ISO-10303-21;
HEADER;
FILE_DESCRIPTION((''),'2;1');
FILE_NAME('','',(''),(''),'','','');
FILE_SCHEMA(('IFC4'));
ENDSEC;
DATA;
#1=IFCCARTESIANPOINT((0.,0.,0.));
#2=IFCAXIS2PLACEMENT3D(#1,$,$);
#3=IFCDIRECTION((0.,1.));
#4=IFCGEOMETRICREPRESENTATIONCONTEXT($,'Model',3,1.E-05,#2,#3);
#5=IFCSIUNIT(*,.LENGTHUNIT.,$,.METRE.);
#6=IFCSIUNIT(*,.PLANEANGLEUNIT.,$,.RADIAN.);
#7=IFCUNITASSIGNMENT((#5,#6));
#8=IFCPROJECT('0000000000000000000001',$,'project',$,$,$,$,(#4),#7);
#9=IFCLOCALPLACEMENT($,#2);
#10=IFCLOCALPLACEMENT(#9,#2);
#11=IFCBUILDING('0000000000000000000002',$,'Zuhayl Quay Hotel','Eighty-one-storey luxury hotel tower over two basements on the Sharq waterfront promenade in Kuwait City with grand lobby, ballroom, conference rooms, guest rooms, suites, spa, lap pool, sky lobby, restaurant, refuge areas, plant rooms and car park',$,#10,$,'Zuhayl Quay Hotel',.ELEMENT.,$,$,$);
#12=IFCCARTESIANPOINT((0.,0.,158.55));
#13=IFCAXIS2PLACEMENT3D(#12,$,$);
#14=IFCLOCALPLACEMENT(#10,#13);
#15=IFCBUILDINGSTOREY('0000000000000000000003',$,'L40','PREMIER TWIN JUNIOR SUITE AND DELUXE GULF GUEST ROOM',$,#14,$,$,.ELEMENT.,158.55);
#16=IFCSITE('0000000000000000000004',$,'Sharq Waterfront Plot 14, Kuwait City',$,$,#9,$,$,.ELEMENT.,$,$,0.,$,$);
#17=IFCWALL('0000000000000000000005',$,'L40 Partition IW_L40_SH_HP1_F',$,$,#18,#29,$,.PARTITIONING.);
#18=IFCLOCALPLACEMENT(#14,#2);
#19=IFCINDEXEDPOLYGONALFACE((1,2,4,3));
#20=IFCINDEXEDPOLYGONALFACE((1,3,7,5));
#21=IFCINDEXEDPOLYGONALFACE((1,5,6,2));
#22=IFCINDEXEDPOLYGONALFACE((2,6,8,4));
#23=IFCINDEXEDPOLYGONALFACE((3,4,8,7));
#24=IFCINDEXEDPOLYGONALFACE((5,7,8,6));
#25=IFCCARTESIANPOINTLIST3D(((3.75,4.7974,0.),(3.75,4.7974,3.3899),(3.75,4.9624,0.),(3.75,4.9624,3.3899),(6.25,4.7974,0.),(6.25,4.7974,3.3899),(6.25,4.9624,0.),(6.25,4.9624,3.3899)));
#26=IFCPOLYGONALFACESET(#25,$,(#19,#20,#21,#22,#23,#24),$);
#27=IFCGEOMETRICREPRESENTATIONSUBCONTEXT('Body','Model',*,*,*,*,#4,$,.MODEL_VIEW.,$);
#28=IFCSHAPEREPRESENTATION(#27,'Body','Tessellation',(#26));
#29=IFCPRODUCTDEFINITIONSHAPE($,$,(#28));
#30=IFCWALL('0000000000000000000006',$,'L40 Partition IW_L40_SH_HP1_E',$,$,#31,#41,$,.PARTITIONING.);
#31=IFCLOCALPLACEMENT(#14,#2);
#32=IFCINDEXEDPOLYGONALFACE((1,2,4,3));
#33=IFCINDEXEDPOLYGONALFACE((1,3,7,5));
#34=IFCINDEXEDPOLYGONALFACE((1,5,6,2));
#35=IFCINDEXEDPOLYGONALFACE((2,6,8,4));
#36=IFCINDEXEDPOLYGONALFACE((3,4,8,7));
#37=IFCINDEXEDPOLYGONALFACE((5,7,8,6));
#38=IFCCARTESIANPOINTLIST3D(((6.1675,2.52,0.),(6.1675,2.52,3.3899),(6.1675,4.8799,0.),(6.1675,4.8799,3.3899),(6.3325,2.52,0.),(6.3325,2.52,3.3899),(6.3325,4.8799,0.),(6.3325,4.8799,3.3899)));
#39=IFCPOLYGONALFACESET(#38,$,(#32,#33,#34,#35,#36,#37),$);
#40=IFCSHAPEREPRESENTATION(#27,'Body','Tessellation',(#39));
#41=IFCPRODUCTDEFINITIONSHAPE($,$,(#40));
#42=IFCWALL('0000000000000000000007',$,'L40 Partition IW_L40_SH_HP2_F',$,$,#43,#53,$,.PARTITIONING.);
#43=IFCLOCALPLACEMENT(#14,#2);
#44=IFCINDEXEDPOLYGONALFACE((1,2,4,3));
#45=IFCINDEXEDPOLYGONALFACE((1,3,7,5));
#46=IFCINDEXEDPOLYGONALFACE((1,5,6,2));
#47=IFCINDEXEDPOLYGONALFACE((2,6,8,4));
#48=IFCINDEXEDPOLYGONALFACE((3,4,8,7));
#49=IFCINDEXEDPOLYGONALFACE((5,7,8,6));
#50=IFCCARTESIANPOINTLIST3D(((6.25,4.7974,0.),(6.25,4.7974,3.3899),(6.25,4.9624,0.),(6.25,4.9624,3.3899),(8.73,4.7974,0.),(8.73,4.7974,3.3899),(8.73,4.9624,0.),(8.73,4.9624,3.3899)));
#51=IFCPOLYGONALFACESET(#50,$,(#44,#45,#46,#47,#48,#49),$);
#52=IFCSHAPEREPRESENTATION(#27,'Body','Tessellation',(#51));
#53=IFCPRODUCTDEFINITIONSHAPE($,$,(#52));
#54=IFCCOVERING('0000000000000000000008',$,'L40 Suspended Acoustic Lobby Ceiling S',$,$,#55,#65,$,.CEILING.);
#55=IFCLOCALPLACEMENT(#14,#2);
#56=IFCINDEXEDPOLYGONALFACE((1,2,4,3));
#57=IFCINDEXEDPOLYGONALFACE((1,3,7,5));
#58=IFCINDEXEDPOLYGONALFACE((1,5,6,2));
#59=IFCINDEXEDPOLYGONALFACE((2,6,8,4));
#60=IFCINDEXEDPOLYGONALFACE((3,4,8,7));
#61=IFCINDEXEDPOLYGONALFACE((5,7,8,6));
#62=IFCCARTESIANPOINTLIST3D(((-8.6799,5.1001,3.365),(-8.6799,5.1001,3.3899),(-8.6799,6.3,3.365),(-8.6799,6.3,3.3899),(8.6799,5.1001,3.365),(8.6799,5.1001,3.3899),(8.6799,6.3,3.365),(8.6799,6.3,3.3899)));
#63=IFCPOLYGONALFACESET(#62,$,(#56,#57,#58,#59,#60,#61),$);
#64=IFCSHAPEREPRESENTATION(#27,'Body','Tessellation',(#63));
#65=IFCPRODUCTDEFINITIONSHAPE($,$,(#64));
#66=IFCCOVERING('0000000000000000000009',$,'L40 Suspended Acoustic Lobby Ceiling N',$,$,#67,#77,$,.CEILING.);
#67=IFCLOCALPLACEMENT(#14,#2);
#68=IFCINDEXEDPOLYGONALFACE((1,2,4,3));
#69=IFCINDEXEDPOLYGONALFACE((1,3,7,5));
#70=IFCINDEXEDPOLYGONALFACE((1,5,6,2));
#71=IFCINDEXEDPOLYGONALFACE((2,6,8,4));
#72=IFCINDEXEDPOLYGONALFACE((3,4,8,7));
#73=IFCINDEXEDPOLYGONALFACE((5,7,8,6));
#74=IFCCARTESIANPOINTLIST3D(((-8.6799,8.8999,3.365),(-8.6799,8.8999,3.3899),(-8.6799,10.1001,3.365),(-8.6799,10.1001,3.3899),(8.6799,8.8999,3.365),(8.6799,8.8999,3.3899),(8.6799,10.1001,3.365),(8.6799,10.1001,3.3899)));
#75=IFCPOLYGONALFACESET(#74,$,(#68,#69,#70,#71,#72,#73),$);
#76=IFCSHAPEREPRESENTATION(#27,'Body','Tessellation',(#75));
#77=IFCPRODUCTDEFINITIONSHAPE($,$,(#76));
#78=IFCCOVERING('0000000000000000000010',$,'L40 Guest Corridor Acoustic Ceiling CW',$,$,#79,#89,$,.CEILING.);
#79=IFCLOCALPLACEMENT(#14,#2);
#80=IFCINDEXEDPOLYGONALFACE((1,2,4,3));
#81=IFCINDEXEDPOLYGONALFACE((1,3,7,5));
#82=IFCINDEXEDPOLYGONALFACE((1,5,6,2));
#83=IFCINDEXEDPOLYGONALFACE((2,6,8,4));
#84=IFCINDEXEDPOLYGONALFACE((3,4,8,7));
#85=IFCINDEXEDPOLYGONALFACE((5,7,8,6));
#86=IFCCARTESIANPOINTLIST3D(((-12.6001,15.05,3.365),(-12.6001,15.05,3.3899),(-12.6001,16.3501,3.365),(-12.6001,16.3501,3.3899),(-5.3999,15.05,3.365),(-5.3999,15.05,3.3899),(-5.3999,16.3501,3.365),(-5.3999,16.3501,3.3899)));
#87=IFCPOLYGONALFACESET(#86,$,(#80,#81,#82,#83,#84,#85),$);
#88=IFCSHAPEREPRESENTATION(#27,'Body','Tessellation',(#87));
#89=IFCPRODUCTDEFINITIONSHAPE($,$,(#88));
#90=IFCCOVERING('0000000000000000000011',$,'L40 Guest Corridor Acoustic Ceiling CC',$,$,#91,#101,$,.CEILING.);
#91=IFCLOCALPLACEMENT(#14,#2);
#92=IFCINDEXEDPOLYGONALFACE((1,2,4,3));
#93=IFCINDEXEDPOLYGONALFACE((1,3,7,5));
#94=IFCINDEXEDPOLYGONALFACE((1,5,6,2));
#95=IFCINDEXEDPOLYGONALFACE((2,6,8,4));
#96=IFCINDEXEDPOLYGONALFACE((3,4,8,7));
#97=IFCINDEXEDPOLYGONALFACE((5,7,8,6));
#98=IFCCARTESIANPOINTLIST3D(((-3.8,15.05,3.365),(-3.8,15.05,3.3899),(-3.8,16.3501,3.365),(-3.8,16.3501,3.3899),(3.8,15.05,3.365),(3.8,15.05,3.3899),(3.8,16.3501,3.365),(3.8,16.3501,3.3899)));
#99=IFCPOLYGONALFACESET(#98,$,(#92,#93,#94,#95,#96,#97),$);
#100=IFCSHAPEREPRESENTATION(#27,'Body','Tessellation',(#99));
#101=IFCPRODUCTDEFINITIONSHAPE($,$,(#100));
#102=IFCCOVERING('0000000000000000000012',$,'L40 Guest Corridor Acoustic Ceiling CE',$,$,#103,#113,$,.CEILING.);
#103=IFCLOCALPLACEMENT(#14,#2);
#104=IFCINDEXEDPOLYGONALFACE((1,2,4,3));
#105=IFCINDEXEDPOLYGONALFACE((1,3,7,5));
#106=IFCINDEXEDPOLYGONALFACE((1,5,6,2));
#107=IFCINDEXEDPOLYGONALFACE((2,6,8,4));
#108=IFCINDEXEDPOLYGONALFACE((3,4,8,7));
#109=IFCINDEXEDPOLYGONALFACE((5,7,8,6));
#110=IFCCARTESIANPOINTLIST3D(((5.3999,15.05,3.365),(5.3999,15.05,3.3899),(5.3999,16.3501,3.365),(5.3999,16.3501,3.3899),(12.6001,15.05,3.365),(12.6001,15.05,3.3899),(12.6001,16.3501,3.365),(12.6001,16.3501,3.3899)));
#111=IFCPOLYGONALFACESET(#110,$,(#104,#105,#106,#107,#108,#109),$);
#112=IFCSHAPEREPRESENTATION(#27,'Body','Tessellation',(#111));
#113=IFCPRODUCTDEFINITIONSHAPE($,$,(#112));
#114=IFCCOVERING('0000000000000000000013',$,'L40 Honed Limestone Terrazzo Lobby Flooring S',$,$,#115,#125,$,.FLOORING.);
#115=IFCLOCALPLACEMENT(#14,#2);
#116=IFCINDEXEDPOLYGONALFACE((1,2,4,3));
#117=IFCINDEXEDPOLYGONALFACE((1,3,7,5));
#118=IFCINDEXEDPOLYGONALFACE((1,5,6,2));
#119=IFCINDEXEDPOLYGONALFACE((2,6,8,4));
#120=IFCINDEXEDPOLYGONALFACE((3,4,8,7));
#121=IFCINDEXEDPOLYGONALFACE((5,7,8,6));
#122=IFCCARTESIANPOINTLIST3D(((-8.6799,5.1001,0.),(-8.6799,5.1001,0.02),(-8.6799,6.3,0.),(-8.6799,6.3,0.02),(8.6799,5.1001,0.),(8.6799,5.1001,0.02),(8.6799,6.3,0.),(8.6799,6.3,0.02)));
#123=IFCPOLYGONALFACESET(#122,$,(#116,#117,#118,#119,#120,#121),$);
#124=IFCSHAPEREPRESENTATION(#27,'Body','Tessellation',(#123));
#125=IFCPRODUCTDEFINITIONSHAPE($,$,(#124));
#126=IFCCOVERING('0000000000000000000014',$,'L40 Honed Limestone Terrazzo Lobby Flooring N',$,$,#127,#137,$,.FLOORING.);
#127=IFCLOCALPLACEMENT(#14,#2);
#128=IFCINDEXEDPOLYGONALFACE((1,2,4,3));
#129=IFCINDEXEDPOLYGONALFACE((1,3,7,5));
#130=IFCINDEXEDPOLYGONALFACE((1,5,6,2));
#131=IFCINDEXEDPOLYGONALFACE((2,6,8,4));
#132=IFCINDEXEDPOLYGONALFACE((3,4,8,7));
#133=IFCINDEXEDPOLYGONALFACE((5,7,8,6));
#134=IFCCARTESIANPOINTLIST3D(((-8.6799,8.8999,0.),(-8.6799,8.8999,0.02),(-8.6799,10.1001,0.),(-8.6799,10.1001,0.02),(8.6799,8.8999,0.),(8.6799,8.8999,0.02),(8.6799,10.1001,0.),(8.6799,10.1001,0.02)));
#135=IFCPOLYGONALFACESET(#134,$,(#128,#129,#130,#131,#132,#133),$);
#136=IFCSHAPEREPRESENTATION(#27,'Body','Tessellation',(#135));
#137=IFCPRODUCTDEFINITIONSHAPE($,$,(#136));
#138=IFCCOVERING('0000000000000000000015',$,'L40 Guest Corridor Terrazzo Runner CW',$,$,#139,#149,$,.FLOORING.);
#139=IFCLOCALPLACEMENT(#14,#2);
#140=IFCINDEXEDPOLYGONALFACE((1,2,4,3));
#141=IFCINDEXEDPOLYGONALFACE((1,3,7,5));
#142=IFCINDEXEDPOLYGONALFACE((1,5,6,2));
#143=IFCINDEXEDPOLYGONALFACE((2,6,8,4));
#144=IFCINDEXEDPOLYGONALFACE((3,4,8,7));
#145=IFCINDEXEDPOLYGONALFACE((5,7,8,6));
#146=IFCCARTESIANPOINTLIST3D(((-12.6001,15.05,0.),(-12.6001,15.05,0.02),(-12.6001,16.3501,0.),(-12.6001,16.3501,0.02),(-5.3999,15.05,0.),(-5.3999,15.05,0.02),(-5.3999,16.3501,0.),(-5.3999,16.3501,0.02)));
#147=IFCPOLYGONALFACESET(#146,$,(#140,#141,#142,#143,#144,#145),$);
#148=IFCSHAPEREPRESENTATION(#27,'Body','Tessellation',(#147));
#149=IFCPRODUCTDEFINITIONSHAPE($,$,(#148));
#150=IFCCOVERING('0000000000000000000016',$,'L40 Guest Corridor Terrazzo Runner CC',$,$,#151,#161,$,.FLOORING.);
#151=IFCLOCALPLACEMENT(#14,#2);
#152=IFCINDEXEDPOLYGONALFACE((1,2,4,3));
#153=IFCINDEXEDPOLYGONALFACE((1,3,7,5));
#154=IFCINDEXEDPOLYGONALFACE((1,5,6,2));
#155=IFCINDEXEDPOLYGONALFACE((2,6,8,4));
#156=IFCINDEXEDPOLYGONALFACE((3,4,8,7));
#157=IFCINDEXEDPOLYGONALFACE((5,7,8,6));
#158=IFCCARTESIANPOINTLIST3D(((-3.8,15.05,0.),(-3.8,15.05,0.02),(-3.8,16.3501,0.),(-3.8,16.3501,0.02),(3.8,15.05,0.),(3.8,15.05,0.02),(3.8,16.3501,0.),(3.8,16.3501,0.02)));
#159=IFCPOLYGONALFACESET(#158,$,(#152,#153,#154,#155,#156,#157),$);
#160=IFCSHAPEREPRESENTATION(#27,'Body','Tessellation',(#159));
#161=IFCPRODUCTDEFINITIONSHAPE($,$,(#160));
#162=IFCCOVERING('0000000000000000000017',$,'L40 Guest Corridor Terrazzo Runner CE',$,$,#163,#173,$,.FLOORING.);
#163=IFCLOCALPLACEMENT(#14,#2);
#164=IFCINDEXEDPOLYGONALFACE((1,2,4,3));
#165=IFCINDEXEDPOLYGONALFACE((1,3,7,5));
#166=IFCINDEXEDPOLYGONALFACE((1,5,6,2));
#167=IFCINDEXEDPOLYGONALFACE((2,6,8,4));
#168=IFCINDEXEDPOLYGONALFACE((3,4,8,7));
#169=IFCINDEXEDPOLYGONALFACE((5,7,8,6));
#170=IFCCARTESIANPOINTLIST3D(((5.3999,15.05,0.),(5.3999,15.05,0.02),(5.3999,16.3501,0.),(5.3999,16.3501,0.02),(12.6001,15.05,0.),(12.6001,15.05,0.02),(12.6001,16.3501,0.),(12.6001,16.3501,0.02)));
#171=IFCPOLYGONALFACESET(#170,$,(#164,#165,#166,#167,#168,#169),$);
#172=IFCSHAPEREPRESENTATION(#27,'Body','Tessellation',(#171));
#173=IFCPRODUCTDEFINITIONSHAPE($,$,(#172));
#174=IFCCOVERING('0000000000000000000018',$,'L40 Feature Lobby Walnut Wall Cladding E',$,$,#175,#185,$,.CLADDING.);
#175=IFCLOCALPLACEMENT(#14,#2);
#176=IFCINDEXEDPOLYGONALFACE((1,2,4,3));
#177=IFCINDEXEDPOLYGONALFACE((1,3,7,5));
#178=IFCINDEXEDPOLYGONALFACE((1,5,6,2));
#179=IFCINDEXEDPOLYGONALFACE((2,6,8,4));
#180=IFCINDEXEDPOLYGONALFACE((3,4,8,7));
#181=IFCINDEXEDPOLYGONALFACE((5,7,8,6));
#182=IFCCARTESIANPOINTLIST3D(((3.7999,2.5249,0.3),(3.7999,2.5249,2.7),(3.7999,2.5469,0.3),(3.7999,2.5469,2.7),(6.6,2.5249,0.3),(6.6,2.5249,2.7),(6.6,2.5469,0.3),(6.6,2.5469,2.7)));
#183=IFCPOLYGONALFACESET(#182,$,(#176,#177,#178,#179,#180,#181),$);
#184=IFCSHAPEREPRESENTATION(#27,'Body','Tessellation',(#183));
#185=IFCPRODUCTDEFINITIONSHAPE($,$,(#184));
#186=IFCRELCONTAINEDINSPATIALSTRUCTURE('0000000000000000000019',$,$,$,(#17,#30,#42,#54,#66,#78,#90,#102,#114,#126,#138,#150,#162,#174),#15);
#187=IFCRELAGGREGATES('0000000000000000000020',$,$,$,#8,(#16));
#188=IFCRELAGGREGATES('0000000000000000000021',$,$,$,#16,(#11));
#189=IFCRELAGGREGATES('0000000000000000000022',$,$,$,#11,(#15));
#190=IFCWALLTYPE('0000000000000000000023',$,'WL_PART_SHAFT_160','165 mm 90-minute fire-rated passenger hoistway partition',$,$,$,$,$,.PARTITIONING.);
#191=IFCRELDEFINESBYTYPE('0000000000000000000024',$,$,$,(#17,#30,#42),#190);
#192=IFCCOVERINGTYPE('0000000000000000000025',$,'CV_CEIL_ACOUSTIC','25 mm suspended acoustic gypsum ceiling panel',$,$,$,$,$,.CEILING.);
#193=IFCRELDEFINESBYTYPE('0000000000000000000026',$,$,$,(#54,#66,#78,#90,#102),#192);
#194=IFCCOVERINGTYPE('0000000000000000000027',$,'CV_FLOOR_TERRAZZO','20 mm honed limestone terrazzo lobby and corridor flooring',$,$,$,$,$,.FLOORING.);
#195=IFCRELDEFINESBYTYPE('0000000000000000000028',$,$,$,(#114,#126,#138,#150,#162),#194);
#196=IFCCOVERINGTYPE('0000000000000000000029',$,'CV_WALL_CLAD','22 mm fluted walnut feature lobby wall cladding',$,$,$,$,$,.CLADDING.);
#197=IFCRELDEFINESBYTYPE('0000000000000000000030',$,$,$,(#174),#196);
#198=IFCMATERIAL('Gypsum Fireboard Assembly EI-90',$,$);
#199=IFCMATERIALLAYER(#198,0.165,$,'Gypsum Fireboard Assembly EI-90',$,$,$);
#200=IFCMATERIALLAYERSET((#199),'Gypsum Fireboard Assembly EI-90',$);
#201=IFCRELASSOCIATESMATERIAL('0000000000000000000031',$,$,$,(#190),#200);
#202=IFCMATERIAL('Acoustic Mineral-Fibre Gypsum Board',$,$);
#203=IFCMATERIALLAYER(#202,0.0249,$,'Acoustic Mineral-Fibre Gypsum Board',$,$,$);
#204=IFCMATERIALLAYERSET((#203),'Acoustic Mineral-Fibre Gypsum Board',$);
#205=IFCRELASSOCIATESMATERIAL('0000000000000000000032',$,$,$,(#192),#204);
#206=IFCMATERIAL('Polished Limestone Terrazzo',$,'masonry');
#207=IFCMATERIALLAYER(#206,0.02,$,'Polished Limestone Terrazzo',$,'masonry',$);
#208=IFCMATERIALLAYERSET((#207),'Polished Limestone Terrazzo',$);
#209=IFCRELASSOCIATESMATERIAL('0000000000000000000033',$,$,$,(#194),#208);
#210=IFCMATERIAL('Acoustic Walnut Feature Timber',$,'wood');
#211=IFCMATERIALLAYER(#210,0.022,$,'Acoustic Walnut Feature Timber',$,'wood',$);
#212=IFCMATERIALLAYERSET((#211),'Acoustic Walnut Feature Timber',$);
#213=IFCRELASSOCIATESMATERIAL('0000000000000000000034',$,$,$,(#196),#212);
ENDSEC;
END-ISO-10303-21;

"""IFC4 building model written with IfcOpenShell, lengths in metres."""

from ifc_helpers import new_model, si_unit, direction, frame, frame_2d, origin, origin_2d, place, context, subcontext, project, spatial, polyline, rectangle, outline, extrude, material, layer, layer_set, type_object, element, save


model = new_model("IFC4")

# Units and contexts
model_context = context("Model", 3, precision=1e-05, world=origin(), true_north=direction((0.0, 1.0)))
body_context = subcontext(model_context, "Body", "Model", "MODEL_VIEW")
ifc_project = project(units=[si_unit("LENGTHUNIT", "METRE"), si_unit("PLANEANGLEUNIT", "RADIAN")], contexts=[model_context])

# Site, building, storey
site_placement = place(None, origin())
site = spatial("IfcSite", under=ifc_project, at=site_placement, Name="Sharq Waterfront Plot 14, Kuwait City", CompositionType="ELEMENT", RefElevation=0.0)
building_placement = place(site_placement, origin())
building = spatial("IfcBuilding", under=site, at=building_placement, Name="Zuhayl Quay Hotel", Description="Eighty-one-storey luxury hotel tower over two basements on the Sharq waterfront promenade in Kuwait City with grand lobby, ballroom, conference rooms, guest rooms, suites, spa, lap pool, sky lobby, restaurant, refuge areas, plant rooms and car park", LongName="Zuhayl Quay Hotel", CompositionType="ELEMENT")
storey_placement = place(building_placement, frame((0.0, 0.0, 158.55)))
storey = spatial("IfcBuildingStorey", under=building, at=storey_placement, Name="L40", Description="PREMIER TWIN JUNIOR SUITE AND DELUXE GULF GUEST ROOM", CompositionType="ELEMENT", Elevation=158.55)

# Walls
ifc_material_1 = material(Name="Gypsum Fireboard Assembly EI-90")
ifc_layer_1 = layer(ifc_material_1, 0.165, Name="Gypsum Fireboard Assembly EI-90")
ifc_layer_set_1 = layer_set([ifc_layer_1], Name="Gypsum Fireboard Assembly EI-90")
wall_type_1 = type_object("IfcWallType", Name="WL_PART_SHAFT_160", Description="165 mm 90-minute fire-rated passenger hoistway partition", PredefinedType="PARTITIONING", material=ifc_layer_set_1)
wall_1_placement = place(storey_placement, frame((3.75, 4.8799, 0.0), z_axis=(0.0, 0.0, 1.0), x_axis=(1.0, 0.0, 0.0)))
element("IfcWall", 1, at=wall_1_placement, inside=storey, type_object=wall_type_1, Name="L40 Partition IW_L40_SH_HP1_F", PredefinedType="PARTITIONING", context=body_context, shape_type="SweptSolid", body=[
    extrude(rectangle(XDim=2.5, YDim=0.165, at=frame_2d((1.25, 0.0))), origin(), (0.0, 0.0, 1.0), 3.3899),
])
wall_2_placement = place(storey_placement, frame((6.25, 2.52, 0.0), z_axis=(0.0, 0.0, 1.0), x_axis=(0.0, 1.0, 0.0)))
element("IfcWall", 2, at=wall_2_placement, inside=storey, type_object=wall_type_1, Name="L40 Partition IW_L40_SH_HP1_E", PredefinedType="PARTITIONING", context=body_context, shape_type="SweptSolid", body=[
    extrude(rectangle(XDim=2.3599, YDim=0.165, at=frame_2d((1.1799, 0.0))), origin(), (0.0, 0.0, 1.0), 3.3899),
])
wall_3_placement = place(storey_placement, frame((6.25, 4.8799, 0.0), z_axis=(0.0, 0.0, 1.0), x_axis=(1.0, 0.0, 0.0)))
element("IfcWall", 3, at=wall_3_placement, inside=storey, type_object=wall_type_1, Name="L40 Partition IW_L40_SH_HP2_F", PredefinedType="PARTITIONING", context=body_context, shape_type="SweptSolid", body=[
    extrude(rectangle(XDim=2.48, YDim=0.165, at=frame_2d((1.24, 0.0))), origin(), (0.0, 0.0, 1.0), 3.3899),
])

# Coverings
ifc_material_2 = material(Name="Acoustic Mineral-Fibre Gypsum Board")
ifc_layer_2 = layer(ifc_material_2, 0.0249, Name="Acoustic Mineral-Fibre Gypsum Board")
ifc_layer_set_2 = layer_set([ifc_layer_2], Name="Acoustic Mineral-Fibre Gypsum Board")
covering_type_1 = type_object("IfcCoveringType", Name="CV_CEIL_ACOUSTIC", Description="25 mm suspended acoustic gypsum ceiling panel", PredefinedType="CEILING", material=ifc_layer_set_2)
covering_1_placement = place(storey_placement, frame((0.0, 0.0, 3.365)))
element("IfcCovering", 4, at=covering_1_placement, inside=storey, type_object=covering_type_1, Name="L40 Suspended Acoustic Lobby Ceiling S", PredefinedType="CEILING", context=body_context, shape_type="SweptSolid", body=[
    extrude(outline(polyline([(-8.6799, 5.1001), (8.6799, 5.1001), (8.6799, 6.3), (-8.6799, 6.3), (-8.6799, 5.1001)])), origin(), (0.0, 0.0, 1.0), 0.0249),
])
covering_2_placement = place(storey_placement, frame((0.0, 0.0, 3.365)))
element("IfcCovering", 5, at=covering_2_placement, inside=storey, type_object=covering_type_1, Name="L40 Suspended Acoustic Lobby Ceiling N", PredefinedType="CEILING", context=body_context, shape_type="SweptSolid", body=[
    extrude(outline(polyline([(-8.6799, 8.8999), (8.6799, 8.8999), (8.6799, 10.1001), (-8.6799, 10.1001), (-8.6799, 8.8999)])), origin(), (0.0, 0.0, 1.0), 0.0249),
])
covering_3_placement = place(storey_placement, frame((0.0, 0.0, 3.365)))
element("IfcCovering", 6, at=covering_3_placement, inside=storey, type_object=covering_type_1, Name="L40 Guest Corridor Acoustic Ceiling CW", PredefinedType="CEILING", context=body_context, shape_type="SweptSolid", body=[
    extrude(outline(polyline([(-12.6001, 15.05), (-5.3999, 15.05), (-5.3999, 16.3501), (-12.6001, 16.3501), (-12.6001, 15.05)])), origin(), (0.0, 0.0, 1.0), 0.0249),
])
covering_4_placement = place(storey_placement, frame((0.0, 0.0, 3.365)))
element("IfcCovering", 7, at=covering_4_placement, inside=storey, type_object=covering_type_1, Name="L40 Guest Corridor Acoustic Ceiling CC", PredefinedType="CEILING", context=body_context, shape_type="SweptSolid", body=[
    extrude(outline(polyline([(-3.8, 15.05), (3.8, 15.05), (3.8, 16.3501), (-3.8, 16.3501), (-3.8, 15.05)])), origin(), (0.0, 0.0, 1.0), 0.0249),
])
covering_5_placement = place(storey_placement, frame((0.0, 0.0, 3.365)))
element("IfcCovering", 8, at=covering_5_placement, inside=storey, type_object=covering_type_1, Name="L40 Guest Corridor Acoustic Ceiling CE", PredefinedType="CEILING", context=body_context, shape_type="SweptSolid", body=[
    extrude(outline(polyline([(5.3999, 15.05), (12.6001, 15.05), (12.6001, 16.3501), (5.3999, 16.3501), (5.3999, 15.05)])), origin(), (0.0, 0.0, 1.0), 0.0249),
])
ifc_material_3 = material(Name="Polished Limestone Terrazzo", Category="masonry")
ifc_layer_3 = layer(ifc_material_3, 0.02, Name="Polished Limestone Terrazzo", Category="masonry")
ifc_layer_set_3 = layer_set([ifc_layer_3], Name="Polished Limestone Terrazzo")
covering_type_2 = type_object("IfcCoveringType", Name="CV_FLOOR_TERRAZZO", Description="20 mm honed limestone terrazzo lobby and corridor flooring", PredefinedType="FLOORING", material=ifc_layer_set_3)
covering_6_placement = place(storey_placement, origin())
element("IfcCovering", 9, at=covering_6_placement, inside=storey, type_object=covering_type_2, Name="L40 Honed Limestone Terrazzo Lobby Flooring S", PredefinedType="FLOORING", context=body_context, shape_type="SweptSolid", body=[
    extrude(outline(polyline([(-8.6799, 5.1001), (8.6799, 5.1001), (8.6799, 6.3), (-8.6799, 6.3), (-8.6799, 5.1001)])), origin(), (0.0, 0.0, 1.0), 0.02),
])
covering_7_placement = place(storey_placement, origin())
element("IfcCovering", 10, at=covering_7_placement, inside=storey, type_object=covering_type_2, Name="L40 Honed Limestone Terrazzo Lobby Flooring N", PredefinedType="FLOORING", context=body_context, shape_type="SweptSolid", body=[
    extrude(outline(polyline([(-8.6799, 8.8999), (8.6799, 8.8999), (8.6799, 10.1001), (-8.6799, 10.1001), (-8.6799, 8.8999)])), origin(), (0.0, 0.0, 1.0), 0.02),
])
covering_8_placement = place(storey_placement, origin())
element("IfcCovering", 11, at=covering_8_placement, inside=storey, type_object=covering_type_2, Name="L40 Guest Corridor Terrazzo Runner CW", PredefinedType="FLOORING", context=body_context, shape_type="SweptSolid", body=[
    extrude(outline(polyline([(-12.6001, 15.05), (-5.3999, 15.05), (-5.3999, 16.3501), (-12.6001, 16.3501), (-12.6001, 15.05)])), origin(), (0.0, 0.0, 1.0), 0.02),
])
covering_9_placement = place(storey_placement, origin())
element("IfcCovering", 12, at=covering_9_placement, inside=storey, type_object=covering_type_2, Name="L40 Guest Corridor Terrazzo Runner CC", PredefinedType="FLOORING", context=body_context, shape_type="SweptSolid", body=[
    extrude(outline(polyline([(-3.8, 15.05), (3.8, 15.05), (3.8, 16.3501), (-3.8, 16.3501), (-3.8, 15.05)])), origin(), (0.0, 0.0, 1.0), 0.02),
])
covering_10_placement = place(storey_placement, origin())
element("IfcCovering", 13, at=covering_10_placement, inside=storey, type_object=covering_type_2, Name="L40 Guest Corridor Terrazzo Runner CE", PredefinedType="FLOORING", context=body_context, shape_type="SweptSolid", body=[
    extrude(outline(polyline([(5.3999, 15.05), (12.6001, 15.05), (12.6001, 16.3501), (5.3999, 16.3501), (5.3999, 15.05)])), origin(), (0.0, 0.0, 1.0), 0.02),
])
ifc_material_4 = material(Name="Acoustic Walnut Feature Timber", Category="wood")
ifc_layer_4 = layer(ifc_material_4, 0.022, Name="Acoustic Walnut Feature Timber", Category="wood")
ifc_layer_set_4 = layer_set([ifc_layer_4], Name="Acoustic Walnut Feature Timber")
covering_type_3 = type_object("IfcCoveringType", Name="CV_WALL_CLAD", Description="22 mm fluted walnut feature lobby wall cladding", PredefinedType="CLADDING", material=ifc_layer_set_4)
covering_11_placement = place(storey_placement, frame((5.2, 2.5359, 0.3), z_axis=(0.0, 0.0, 1.0), x_axis=(1.0, 0.0, 0.0)))
element("IfcCovering", 14, at=covering_11_placement, inside=storey, type_object=covering_type_3, Name="L40 Feature Lobby Walnut Wall Cladding E", PredefinedType="CLADDING", context=body_context, shape_type="SweptSolid", body=[
    extrude(rectangle(XDim=2.8, YDim=0.022, at=origin_2d()), origin(), (0.0, 0.0, 1.0), 2.3999),
])

save(model, "model.ifc")
